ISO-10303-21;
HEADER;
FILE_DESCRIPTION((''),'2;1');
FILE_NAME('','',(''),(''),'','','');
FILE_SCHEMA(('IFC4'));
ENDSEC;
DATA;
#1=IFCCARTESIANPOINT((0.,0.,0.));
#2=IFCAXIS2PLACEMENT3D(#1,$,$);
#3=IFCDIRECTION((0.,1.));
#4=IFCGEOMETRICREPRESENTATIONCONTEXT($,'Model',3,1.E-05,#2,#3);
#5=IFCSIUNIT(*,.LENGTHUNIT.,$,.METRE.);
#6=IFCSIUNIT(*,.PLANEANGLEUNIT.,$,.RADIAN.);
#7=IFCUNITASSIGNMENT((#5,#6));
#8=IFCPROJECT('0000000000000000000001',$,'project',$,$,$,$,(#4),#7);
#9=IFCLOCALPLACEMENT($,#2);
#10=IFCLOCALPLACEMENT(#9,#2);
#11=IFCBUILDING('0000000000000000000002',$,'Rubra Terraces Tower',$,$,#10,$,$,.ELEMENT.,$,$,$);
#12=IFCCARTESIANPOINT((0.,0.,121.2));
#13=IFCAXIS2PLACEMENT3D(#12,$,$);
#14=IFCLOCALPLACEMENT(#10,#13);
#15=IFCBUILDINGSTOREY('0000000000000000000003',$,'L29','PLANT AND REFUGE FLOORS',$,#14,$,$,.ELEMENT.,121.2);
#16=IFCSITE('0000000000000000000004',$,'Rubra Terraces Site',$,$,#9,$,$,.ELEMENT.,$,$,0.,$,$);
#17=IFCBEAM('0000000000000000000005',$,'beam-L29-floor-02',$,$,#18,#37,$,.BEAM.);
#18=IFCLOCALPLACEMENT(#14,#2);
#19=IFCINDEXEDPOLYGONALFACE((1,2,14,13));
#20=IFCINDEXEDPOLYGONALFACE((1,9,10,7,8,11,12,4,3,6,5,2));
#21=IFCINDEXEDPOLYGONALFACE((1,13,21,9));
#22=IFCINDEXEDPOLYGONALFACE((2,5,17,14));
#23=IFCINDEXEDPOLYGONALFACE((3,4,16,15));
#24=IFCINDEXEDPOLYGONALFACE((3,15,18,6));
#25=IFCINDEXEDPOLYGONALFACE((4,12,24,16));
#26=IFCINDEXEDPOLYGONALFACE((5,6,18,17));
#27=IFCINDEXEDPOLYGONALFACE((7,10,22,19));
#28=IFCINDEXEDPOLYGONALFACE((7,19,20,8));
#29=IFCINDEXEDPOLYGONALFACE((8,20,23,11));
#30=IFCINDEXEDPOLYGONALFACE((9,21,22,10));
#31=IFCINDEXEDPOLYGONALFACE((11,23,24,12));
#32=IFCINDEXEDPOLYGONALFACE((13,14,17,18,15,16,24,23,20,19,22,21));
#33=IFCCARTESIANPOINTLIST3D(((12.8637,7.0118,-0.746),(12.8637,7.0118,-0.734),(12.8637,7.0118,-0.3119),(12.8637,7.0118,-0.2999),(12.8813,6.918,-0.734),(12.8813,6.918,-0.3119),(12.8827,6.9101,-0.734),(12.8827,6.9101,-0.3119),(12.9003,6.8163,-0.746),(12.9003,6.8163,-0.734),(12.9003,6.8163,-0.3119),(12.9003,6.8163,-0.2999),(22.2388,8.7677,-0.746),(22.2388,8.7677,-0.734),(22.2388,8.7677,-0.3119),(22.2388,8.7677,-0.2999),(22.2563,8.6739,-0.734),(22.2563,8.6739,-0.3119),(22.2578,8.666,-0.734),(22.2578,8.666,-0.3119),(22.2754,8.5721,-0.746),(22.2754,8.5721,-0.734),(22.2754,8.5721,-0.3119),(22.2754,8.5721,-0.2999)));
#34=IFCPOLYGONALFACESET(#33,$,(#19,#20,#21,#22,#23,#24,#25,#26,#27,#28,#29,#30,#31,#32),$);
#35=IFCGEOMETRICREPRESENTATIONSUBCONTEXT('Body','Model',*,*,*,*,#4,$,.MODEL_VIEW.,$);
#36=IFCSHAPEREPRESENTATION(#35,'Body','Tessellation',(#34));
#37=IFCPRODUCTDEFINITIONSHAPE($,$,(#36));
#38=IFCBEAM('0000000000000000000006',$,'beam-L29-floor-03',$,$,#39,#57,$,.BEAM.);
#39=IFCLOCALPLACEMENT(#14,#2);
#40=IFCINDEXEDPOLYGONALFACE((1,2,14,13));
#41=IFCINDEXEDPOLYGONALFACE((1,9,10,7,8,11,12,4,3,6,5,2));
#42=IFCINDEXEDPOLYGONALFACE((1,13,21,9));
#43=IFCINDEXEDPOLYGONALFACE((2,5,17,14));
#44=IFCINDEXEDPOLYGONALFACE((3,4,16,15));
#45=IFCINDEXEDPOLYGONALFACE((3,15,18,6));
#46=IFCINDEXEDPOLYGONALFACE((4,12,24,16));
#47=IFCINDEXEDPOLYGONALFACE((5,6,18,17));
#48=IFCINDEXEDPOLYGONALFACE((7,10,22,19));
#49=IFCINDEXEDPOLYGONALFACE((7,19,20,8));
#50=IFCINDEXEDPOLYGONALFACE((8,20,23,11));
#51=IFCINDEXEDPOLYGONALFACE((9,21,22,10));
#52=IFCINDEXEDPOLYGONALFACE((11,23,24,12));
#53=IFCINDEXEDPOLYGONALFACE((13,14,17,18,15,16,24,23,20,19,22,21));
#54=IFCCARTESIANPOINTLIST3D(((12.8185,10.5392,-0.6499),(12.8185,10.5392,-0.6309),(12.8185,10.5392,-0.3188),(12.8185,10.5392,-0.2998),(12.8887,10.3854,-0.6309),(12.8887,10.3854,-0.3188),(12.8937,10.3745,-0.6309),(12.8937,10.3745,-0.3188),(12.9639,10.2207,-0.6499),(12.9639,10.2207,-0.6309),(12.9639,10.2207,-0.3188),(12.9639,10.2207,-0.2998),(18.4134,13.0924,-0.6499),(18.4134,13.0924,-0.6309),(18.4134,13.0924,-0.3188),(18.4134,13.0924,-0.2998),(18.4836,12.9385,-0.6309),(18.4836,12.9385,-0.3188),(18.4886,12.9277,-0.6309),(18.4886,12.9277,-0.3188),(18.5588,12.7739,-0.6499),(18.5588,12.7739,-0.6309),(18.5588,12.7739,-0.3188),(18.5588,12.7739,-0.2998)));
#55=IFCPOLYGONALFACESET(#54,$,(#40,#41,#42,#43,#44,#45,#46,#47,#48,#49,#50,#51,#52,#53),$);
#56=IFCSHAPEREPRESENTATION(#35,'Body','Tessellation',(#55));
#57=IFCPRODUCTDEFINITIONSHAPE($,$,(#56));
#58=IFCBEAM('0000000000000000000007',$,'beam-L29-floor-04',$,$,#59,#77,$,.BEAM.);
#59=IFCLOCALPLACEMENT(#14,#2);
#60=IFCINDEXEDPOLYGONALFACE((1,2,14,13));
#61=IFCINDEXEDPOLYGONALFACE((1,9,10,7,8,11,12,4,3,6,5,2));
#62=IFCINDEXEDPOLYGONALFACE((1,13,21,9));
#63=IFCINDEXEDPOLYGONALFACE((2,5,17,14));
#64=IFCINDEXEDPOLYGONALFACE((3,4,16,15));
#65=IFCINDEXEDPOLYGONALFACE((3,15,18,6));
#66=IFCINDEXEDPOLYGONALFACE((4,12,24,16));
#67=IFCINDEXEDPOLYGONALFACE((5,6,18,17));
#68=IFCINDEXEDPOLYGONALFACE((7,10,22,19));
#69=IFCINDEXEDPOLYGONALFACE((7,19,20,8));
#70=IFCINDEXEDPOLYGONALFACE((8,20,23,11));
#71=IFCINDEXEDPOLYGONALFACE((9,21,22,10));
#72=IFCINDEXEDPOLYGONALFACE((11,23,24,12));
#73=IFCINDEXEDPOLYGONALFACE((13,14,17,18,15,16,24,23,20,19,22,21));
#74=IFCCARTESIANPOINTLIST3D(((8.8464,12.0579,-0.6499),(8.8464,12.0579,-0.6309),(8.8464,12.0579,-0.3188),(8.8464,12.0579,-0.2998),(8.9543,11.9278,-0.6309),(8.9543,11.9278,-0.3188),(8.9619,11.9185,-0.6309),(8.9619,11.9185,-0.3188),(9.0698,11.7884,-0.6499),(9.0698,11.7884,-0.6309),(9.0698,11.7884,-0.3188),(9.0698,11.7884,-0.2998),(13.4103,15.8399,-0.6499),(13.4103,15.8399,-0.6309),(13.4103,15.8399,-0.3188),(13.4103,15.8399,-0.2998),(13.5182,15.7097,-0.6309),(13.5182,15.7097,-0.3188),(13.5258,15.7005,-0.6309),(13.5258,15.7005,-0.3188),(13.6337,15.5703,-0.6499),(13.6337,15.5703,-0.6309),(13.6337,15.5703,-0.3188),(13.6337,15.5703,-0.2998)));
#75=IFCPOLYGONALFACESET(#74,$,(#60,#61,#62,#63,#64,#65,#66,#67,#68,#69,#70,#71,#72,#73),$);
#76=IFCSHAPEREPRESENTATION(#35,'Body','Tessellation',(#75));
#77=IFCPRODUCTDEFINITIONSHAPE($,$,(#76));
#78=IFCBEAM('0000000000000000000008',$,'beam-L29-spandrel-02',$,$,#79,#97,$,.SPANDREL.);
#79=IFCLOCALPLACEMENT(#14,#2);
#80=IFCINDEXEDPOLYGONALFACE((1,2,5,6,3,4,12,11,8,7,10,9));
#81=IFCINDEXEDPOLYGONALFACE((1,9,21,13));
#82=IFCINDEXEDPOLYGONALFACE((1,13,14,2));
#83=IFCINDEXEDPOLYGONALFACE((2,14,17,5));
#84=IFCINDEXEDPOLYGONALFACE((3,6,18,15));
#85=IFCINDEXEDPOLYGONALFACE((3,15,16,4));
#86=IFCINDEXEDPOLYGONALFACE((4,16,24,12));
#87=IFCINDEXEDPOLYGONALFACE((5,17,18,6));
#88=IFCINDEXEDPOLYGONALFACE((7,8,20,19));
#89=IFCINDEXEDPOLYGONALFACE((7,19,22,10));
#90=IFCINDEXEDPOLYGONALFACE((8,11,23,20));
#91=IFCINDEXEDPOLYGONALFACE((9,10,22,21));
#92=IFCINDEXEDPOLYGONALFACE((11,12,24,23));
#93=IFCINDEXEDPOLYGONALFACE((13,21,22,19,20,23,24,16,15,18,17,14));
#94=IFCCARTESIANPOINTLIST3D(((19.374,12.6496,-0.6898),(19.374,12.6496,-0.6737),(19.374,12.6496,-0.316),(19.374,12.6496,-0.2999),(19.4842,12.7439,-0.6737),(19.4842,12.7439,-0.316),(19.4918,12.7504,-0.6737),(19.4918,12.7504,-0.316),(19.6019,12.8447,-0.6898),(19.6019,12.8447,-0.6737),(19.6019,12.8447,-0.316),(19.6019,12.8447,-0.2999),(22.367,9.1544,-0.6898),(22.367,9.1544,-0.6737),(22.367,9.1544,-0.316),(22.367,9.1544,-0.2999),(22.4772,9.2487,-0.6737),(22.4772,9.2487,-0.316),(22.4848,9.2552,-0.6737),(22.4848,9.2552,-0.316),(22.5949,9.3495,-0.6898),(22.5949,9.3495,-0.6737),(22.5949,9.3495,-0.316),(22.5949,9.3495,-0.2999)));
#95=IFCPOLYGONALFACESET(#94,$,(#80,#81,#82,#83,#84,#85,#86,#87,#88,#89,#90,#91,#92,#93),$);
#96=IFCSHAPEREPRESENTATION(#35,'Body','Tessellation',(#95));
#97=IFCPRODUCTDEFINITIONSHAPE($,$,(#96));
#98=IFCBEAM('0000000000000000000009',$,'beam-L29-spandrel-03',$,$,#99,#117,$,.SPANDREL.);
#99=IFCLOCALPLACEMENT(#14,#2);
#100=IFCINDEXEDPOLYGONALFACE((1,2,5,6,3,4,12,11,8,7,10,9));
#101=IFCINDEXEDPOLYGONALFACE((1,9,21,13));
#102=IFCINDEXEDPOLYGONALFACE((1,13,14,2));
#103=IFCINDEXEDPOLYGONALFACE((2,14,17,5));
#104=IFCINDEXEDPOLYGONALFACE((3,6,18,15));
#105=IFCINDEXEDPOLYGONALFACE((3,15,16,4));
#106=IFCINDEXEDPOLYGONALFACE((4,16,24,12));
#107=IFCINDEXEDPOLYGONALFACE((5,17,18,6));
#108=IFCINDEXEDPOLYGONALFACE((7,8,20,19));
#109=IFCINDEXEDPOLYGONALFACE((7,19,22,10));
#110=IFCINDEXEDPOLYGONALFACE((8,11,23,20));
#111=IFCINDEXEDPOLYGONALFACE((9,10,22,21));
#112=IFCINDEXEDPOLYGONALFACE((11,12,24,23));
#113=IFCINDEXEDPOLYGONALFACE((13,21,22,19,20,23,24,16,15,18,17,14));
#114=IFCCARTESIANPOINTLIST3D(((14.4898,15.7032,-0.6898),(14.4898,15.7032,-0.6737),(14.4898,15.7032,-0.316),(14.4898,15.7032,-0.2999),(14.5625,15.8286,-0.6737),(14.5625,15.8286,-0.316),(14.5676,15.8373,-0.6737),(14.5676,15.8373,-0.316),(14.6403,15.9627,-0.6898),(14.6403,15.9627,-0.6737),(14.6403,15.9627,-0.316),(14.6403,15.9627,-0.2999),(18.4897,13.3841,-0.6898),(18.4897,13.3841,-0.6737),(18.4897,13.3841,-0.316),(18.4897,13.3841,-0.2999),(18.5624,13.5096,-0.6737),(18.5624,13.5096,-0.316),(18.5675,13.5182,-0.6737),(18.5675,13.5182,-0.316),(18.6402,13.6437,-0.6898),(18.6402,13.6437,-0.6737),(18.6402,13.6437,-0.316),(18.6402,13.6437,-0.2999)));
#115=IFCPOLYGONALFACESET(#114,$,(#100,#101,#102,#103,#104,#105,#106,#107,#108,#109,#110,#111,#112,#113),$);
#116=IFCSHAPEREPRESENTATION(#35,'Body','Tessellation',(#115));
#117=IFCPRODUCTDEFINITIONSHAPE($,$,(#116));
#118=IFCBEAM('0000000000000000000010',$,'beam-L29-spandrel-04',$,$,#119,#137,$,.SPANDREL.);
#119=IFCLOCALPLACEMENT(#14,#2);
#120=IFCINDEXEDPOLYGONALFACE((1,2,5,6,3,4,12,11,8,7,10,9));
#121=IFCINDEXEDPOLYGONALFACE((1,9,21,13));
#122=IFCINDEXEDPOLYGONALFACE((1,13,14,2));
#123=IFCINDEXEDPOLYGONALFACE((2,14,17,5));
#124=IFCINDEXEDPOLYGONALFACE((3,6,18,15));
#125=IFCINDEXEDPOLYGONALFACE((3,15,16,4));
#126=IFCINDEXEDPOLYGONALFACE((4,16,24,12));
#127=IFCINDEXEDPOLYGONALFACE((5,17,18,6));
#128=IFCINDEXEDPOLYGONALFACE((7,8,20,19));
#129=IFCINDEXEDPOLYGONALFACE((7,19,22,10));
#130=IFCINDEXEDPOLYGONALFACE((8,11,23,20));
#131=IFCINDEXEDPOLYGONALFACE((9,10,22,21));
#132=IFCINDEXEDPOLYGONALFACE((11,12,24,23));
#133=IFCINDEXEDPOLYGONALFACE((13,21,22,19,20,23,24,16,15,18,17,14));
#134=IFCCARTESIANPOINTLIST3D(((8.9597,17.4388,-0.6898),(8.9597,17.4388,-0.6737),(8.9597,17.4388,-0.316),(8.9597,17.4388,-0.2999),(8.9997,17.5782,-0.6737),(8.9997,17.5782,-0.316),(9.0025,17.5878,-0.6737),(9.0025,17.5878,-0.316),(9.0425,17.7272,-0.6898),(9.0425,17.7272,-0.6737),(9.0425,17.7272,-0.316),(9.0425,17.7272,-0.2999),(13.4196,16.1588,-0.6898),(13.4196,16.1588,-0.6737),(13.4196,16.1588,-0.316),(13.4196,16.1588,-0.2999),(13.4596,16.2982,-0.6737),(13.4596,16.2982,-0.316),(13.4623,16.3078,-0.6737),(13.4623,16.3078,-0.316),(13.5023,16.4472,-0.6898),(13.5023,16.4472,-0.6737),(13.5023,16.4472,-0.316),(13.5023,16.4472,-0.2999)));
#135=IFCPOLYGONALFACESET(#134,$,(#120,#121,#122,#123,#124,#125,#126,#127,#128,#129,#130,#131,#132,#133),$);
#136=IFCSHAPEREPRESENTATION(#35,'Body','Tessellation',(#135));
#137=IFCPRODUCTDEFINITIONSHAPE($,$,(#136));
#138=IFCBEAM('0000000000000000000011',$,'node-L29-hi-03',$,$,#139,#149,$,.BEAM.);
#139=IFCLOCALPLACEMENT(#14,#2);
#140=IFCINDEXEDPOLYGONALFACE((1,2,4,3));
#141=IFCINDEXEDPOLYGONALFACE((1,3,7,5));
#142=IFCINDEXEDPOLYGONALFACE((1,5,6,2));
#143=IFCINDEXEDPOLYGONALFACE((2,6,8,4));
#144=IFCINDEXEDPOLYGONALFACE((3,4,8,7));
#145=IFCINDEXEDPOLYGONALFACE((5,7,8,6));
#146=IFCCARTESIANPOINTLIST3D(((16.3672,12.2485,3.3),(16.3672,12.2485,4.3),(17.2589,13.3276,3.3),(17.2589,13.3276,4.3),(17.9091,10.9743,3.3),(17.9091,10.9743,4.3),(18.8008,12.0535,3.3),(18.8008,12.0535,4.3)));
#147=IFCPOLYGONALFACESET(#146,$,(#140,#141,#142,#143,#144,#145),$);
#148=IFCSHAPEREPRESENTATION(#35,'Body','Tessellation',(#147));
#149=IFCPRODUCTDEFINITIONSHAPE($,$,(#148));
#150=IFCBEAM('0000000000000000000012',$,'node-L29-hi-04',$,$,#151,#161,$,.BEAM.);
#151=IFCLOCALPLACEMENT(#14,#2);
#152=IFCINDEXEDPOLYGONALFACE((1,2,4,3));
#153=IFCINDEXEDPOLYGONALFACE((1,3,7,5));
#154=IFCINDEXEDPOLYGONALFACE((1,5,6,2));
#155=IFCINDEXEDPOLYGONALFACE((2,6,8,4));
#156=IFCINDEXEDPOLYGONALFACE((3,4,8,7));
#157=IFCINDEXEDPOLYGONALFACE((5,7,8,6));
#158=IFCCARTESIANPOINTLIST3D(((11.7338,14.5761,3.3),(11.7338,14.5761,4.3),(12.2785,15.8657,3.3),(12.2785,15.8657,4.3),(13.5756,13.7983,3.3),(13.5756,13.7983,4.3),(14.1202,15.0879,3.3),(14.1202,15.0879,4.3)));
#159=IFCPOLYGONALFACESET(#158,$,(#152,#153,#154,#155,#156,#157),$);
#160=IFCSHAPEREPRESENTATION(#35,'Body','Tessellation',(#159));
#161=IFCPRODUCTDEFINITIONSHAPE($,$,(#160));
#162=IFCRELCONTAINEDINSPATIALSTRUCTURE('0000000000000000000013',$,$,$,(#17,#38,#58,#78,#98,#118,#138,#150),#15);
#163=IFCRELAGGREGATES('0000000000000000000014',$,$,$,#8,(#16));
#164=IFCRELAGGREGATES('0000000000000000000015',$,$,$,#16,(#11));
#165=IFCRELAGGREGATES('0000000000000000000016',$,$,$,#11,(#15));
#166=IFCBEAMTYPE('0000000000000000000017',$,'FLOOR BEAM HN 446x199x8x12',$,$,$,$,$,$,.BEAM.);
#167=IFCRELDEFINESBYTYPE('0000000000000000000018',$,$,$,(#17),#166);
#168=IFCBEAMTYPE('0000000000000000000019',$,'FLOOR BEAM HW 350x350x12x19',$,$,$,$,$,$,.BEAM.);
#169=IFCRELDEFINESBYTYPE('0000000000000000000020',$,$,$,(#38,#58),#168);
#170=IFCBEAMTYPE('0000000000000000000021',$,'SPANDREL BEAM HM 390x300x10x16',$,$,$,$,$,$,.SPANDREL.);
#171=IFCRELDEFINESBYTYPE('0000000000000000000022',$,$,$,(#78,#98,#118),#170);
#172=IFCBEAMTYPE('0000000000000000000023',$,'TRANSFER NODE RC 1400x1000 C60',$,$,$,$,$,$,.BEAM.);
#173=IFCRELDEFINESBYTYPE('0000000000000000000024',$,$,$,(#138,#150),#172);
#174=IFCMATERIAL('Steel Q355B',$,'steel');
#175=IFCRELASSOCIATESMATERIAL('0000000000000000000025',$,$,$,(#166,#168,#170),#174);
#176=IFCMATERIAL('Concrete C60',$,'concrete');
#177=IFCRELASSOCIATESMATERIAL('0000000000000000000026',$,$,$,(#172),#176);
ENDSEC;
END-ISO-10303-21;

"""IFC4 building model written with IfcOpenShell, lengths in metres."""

from ifc_helpers import new_model, si_unit, direction, frame, origin, origin_2d, place, context, subcontext, project, spatial, rectangle, i_section, extrude, material, material_profile, profile_set, type_object, element, save


model = new_model("IFC4")

# Units and contexts
model_context = context("Model", 3, precision=1e-05, world=origin(), true_north=direction((0.0, 1.0)))
body_context = subcontext(model_context, "Body", "Model", "MODEL_VIEW")
ifc_project = project(units=[si_unit("LENGTHUNIT", "METRE"), si_unit("PLANEANGLEUNIT", "RADIAN")], contexts=[model_context])

# Site, building, storey
site_placement = place(None, origin())
site = spatial("IfcSite", under=ifc_project, at=site_placement, Name="Rubra Terraces Site", CompositionType="ELEMENT", RefElevation=0.0)
building_placement = place(site_placement, origin())
building = spatial("IfcBuilding", under=site, at=building_placement, Name="Rubra Terraces Tower", CompositionType="ELEMENT")
storey_placement = place(building_placement, frame((0.0, 0.0, 121.2)))
storey = spatial("IfcBuildingStorey", under=building, at=storey_placement, Name="L29", Description="PLANT AND REFUGE FLOORS", CompositionType="ELEMENT", Elevation=121.2)

# Shared definitions
ifc_material_1 = material(Name="Concrete C60", Category="concrete")

# Shared definitions
ifc_material_2 = material(Name="Steel Q355B", Category="steel")

# Beams
ifc_material_profile_1 = material_profile(ifc_material_2, i_section(OverallWidth=0.199, OverallDepth=0.446, WebThickness=0.0081, FlangeThickness=0.012, at=origin_2d()), Name="HN 446x199x8x12")
ifc_profile_set_1 = profile_set([ifc_material_profile_1], Name="Steel Q355B")
beam_type_1 = type_object("IfcBeamType", Name="FLOOR BEAM HN 446x199x8x12", PredefinedType="BEAM", material=ifc_profile_set_1)
beam_1_placement = place(storey_placement, frame((22.2571, 8.6699, -0.5229), z_axis=(-0.982909, -0.184091, 0.0), x_axis=(0.184091, -0.982909, 0.0)))
element("IfcBeam", 1, at=beam_1_placement, inside=storey, type_object=beam_type_1, Name="beam-L29-floor-02", PredefinedType="BEAM", context=body_context, shape_type="SweptSolid", body=[
    extrude(i_section(OverallWidth=0.199, OverallDepth=0.446, WebThickness=0.0081, FlangeThickness=0.012, at=origin_2d()), origin(), (0.0, 0.0, 1.0), 9.5381),
])
ifc_material_profile_2 = material_profile(ifc_material_2, i_section(OverallWidth=0.3501, OverallDepth=0.3501, WebThickness=0.012, FlangeThickness=0.019, at=origin_2d()), Name="HW 350x350x12x19")
ifc_profile_set_2 = profile_set([ifc_material_profile_2], Name="Steel Q355B")
beam_type_2 = type_object("IfcBeamType", Name="FLOOR BEAM HW 350x350x12x19", PredefinedType="BEAM", material=ifc_profile_set_2)
beam_2_placement = place(storey_placement, frame((18.4861, 12.9331, -0.4749), z_axis=(-0.90975, -0.415157, 0.0), x_axis=(0.415157, -0.90975, 0.0)))
element("IfcBeam", 2, at=beam_2_placement, inside=storey, type_object=beam_type_2, Name="beam-L29-floor-03", PredefinedType="BEAM", context=body_context, shape_type="SweptSolid", body=[
    extrude(i_section(OverallWidth=0.3501, OverallDepth=0.3501, WebThickness=0.012, FlangeThickness=0.019, at=origin_2d()), origin(), (0.0, 0.0, 1.0), 6.1499),
])
beam_3_placement = place(storey_placement, frame((13.522, 15.7051, -0.4749), z_axis=(-0.769987, -0.638059, 0.0), x_axis=(0.638059, -0.769987, 0.0)))
element("IfcBeam", 3, at=beam_3_placement, inside=storey, type_object=beam_type_2, Name="beam-L29-floor-04", PredefinedType="BEAM", context=body_context, shape_type="SweptSolid", body=[
    extrude(i_section(OverallWidth=0.3501, OverallDepth=0.3501, WebThickness=0.012, FlangeThickness=0.019, at=origin_2d()), origin(), (0.0, 0.0, 1.0), 5.9272),
])
ifc_material_profile_3 = material_profile(ifc_material_2, i_section(OverallWidth=0.3, OverallDepth=0.3899, WebThickness=0.01, FlangeThickness=0.0161, at=origin_2d()), Name="HM 390x300x10x16")
ifc_profile_set_3 = profile_set([ifc_material_profile_3], Name="Steel Q355B")
beam_type_3 = type_object("IfcBeamType", Name="SPANDREL BEAM HM 390x300x10x16", PredefinedType="SPANDREL", material=ifc_profile_set_3)
beam_4_placement = place(storey_placement, frame((22.481, 9.252, -0.4949), z_axis=(-0.650429, 0.759567, 0.0), x_axis=(-0.759567, -0.650429, 0.0)))
element("IfcBeam", 4, at=beam_4_placement, inside=storey, type_object=beam_type_3, Name="beam-L29-spandrel-02", PredefinedType="SPANDREL", context=body_context, shape_type="SweptSolid", body=[
    extrude(i_section(OverallWidth=0.3, OverallDepth=0.3899, WebThickness=0.01, FlangeThickness=0.0161, at=origin_2d()), origin(), (0.0, 0.0, 1.0), 4.6016),
])
beam_5_placement = place(storey_placement, frame((18.5649, 13.5139, -0.4949), z_axis=(-0.865116, 0.501571, 0.0), x_axis=(-0.501571, -0.865116, 0.0)))
element("IfcBeam", 5, at=beam_5_placement, inside=storey, type_object=beam_type_3, Name="beam-L29-spandrel-03", PredefinedType="SPANDREL", context=body_context, shape_type="SweptSolid", body=[
    extrude(i_section(OverallWidth=0.3, OverallDepth=0.3899, WebThickness=0.01, FlangeThickness=0.0161, at=origin_2d()), origin(), (0.0, 0.0, 1.0), 4.6235),
])
beam_6_placement = place(storey_placement, frame((13.4609, 16.303, -0.4949), z_axis=(-0.961196, 0.275868, 0.0), x_axis=(-0.275868, -0.961196, 0.0)))
element("IfcBeam", 6, at=beam_6_placement, inside=storey, type_object=beam_type_3, Name="beam-L29-spandrel-04", PredefinedType="SPANDREL", context=body_context, shape_type="SweptSolid", body=[
    extrude(i_section(OverallWidth=0.3, OverallDepth=0.3899, WebThickness=0.01, FlangeThickness=0.0161, at=origin_2d()), origin(), (0.0, 0.0, 1.0), 4.6399),
])
ifc_material_profile_4 = material_profile(ifc_material_1, rectangle(XDim=1.3999, YDim=1.0, at=origin_2d()), Name="RC 1400x1000")
ifc_profile_set_4 = profile_set([ifc_material_profile_4], Name="Concrete C60")
beam_type_4 = type_object("IfcBeamType", Name="TRANSFER NODE RC 1400x1000 C60", PredefinedType="BEAM", material=ifc_profile_set_4)
beam_7_placement = place(storey_placement, frame((18.355, 11.5139, 3.8), z_axis=(-0.770876, 0.636986, 0.0), x_axis=(-0.636986, -0.770876, 0.0)))
element("IfcBeam", 7, at=beam_7_placement, inside=storey, type_object=beam_type_4, Name="node-L29-hi-03", PredefinedType="BEAM", context=body_context, shape_type="SweptSolid", body=[
    extrude(rectangle(XDim=1.3999, YDim=1.0, at=origin_2d()), origin(), (0.0, 0.0, 1.0), 2.0002),
])
beam_8_placement = place(storey_placement, frame((13.8479, 14.4431, 3.8), z_axis=(-0.921216, 0.38905, 0.0), x_axis=(-0.38905, -0.921216, 0.0)))
element("IfcBeam", 8, at=beam_8_placement, inside=storey, type_object=beam_type_4, Name="node-L29-hi-04", PredefinedType="BEAM", context=body_context, shape_type="SweptSolid", body=[
    extrude(rectangle(XDim=1.3999, YDim=1.0, at=origin_2d()), origin(), (0.0, 0.0, 1.0), 1.9993),
])

save(model, "model.ifc")
